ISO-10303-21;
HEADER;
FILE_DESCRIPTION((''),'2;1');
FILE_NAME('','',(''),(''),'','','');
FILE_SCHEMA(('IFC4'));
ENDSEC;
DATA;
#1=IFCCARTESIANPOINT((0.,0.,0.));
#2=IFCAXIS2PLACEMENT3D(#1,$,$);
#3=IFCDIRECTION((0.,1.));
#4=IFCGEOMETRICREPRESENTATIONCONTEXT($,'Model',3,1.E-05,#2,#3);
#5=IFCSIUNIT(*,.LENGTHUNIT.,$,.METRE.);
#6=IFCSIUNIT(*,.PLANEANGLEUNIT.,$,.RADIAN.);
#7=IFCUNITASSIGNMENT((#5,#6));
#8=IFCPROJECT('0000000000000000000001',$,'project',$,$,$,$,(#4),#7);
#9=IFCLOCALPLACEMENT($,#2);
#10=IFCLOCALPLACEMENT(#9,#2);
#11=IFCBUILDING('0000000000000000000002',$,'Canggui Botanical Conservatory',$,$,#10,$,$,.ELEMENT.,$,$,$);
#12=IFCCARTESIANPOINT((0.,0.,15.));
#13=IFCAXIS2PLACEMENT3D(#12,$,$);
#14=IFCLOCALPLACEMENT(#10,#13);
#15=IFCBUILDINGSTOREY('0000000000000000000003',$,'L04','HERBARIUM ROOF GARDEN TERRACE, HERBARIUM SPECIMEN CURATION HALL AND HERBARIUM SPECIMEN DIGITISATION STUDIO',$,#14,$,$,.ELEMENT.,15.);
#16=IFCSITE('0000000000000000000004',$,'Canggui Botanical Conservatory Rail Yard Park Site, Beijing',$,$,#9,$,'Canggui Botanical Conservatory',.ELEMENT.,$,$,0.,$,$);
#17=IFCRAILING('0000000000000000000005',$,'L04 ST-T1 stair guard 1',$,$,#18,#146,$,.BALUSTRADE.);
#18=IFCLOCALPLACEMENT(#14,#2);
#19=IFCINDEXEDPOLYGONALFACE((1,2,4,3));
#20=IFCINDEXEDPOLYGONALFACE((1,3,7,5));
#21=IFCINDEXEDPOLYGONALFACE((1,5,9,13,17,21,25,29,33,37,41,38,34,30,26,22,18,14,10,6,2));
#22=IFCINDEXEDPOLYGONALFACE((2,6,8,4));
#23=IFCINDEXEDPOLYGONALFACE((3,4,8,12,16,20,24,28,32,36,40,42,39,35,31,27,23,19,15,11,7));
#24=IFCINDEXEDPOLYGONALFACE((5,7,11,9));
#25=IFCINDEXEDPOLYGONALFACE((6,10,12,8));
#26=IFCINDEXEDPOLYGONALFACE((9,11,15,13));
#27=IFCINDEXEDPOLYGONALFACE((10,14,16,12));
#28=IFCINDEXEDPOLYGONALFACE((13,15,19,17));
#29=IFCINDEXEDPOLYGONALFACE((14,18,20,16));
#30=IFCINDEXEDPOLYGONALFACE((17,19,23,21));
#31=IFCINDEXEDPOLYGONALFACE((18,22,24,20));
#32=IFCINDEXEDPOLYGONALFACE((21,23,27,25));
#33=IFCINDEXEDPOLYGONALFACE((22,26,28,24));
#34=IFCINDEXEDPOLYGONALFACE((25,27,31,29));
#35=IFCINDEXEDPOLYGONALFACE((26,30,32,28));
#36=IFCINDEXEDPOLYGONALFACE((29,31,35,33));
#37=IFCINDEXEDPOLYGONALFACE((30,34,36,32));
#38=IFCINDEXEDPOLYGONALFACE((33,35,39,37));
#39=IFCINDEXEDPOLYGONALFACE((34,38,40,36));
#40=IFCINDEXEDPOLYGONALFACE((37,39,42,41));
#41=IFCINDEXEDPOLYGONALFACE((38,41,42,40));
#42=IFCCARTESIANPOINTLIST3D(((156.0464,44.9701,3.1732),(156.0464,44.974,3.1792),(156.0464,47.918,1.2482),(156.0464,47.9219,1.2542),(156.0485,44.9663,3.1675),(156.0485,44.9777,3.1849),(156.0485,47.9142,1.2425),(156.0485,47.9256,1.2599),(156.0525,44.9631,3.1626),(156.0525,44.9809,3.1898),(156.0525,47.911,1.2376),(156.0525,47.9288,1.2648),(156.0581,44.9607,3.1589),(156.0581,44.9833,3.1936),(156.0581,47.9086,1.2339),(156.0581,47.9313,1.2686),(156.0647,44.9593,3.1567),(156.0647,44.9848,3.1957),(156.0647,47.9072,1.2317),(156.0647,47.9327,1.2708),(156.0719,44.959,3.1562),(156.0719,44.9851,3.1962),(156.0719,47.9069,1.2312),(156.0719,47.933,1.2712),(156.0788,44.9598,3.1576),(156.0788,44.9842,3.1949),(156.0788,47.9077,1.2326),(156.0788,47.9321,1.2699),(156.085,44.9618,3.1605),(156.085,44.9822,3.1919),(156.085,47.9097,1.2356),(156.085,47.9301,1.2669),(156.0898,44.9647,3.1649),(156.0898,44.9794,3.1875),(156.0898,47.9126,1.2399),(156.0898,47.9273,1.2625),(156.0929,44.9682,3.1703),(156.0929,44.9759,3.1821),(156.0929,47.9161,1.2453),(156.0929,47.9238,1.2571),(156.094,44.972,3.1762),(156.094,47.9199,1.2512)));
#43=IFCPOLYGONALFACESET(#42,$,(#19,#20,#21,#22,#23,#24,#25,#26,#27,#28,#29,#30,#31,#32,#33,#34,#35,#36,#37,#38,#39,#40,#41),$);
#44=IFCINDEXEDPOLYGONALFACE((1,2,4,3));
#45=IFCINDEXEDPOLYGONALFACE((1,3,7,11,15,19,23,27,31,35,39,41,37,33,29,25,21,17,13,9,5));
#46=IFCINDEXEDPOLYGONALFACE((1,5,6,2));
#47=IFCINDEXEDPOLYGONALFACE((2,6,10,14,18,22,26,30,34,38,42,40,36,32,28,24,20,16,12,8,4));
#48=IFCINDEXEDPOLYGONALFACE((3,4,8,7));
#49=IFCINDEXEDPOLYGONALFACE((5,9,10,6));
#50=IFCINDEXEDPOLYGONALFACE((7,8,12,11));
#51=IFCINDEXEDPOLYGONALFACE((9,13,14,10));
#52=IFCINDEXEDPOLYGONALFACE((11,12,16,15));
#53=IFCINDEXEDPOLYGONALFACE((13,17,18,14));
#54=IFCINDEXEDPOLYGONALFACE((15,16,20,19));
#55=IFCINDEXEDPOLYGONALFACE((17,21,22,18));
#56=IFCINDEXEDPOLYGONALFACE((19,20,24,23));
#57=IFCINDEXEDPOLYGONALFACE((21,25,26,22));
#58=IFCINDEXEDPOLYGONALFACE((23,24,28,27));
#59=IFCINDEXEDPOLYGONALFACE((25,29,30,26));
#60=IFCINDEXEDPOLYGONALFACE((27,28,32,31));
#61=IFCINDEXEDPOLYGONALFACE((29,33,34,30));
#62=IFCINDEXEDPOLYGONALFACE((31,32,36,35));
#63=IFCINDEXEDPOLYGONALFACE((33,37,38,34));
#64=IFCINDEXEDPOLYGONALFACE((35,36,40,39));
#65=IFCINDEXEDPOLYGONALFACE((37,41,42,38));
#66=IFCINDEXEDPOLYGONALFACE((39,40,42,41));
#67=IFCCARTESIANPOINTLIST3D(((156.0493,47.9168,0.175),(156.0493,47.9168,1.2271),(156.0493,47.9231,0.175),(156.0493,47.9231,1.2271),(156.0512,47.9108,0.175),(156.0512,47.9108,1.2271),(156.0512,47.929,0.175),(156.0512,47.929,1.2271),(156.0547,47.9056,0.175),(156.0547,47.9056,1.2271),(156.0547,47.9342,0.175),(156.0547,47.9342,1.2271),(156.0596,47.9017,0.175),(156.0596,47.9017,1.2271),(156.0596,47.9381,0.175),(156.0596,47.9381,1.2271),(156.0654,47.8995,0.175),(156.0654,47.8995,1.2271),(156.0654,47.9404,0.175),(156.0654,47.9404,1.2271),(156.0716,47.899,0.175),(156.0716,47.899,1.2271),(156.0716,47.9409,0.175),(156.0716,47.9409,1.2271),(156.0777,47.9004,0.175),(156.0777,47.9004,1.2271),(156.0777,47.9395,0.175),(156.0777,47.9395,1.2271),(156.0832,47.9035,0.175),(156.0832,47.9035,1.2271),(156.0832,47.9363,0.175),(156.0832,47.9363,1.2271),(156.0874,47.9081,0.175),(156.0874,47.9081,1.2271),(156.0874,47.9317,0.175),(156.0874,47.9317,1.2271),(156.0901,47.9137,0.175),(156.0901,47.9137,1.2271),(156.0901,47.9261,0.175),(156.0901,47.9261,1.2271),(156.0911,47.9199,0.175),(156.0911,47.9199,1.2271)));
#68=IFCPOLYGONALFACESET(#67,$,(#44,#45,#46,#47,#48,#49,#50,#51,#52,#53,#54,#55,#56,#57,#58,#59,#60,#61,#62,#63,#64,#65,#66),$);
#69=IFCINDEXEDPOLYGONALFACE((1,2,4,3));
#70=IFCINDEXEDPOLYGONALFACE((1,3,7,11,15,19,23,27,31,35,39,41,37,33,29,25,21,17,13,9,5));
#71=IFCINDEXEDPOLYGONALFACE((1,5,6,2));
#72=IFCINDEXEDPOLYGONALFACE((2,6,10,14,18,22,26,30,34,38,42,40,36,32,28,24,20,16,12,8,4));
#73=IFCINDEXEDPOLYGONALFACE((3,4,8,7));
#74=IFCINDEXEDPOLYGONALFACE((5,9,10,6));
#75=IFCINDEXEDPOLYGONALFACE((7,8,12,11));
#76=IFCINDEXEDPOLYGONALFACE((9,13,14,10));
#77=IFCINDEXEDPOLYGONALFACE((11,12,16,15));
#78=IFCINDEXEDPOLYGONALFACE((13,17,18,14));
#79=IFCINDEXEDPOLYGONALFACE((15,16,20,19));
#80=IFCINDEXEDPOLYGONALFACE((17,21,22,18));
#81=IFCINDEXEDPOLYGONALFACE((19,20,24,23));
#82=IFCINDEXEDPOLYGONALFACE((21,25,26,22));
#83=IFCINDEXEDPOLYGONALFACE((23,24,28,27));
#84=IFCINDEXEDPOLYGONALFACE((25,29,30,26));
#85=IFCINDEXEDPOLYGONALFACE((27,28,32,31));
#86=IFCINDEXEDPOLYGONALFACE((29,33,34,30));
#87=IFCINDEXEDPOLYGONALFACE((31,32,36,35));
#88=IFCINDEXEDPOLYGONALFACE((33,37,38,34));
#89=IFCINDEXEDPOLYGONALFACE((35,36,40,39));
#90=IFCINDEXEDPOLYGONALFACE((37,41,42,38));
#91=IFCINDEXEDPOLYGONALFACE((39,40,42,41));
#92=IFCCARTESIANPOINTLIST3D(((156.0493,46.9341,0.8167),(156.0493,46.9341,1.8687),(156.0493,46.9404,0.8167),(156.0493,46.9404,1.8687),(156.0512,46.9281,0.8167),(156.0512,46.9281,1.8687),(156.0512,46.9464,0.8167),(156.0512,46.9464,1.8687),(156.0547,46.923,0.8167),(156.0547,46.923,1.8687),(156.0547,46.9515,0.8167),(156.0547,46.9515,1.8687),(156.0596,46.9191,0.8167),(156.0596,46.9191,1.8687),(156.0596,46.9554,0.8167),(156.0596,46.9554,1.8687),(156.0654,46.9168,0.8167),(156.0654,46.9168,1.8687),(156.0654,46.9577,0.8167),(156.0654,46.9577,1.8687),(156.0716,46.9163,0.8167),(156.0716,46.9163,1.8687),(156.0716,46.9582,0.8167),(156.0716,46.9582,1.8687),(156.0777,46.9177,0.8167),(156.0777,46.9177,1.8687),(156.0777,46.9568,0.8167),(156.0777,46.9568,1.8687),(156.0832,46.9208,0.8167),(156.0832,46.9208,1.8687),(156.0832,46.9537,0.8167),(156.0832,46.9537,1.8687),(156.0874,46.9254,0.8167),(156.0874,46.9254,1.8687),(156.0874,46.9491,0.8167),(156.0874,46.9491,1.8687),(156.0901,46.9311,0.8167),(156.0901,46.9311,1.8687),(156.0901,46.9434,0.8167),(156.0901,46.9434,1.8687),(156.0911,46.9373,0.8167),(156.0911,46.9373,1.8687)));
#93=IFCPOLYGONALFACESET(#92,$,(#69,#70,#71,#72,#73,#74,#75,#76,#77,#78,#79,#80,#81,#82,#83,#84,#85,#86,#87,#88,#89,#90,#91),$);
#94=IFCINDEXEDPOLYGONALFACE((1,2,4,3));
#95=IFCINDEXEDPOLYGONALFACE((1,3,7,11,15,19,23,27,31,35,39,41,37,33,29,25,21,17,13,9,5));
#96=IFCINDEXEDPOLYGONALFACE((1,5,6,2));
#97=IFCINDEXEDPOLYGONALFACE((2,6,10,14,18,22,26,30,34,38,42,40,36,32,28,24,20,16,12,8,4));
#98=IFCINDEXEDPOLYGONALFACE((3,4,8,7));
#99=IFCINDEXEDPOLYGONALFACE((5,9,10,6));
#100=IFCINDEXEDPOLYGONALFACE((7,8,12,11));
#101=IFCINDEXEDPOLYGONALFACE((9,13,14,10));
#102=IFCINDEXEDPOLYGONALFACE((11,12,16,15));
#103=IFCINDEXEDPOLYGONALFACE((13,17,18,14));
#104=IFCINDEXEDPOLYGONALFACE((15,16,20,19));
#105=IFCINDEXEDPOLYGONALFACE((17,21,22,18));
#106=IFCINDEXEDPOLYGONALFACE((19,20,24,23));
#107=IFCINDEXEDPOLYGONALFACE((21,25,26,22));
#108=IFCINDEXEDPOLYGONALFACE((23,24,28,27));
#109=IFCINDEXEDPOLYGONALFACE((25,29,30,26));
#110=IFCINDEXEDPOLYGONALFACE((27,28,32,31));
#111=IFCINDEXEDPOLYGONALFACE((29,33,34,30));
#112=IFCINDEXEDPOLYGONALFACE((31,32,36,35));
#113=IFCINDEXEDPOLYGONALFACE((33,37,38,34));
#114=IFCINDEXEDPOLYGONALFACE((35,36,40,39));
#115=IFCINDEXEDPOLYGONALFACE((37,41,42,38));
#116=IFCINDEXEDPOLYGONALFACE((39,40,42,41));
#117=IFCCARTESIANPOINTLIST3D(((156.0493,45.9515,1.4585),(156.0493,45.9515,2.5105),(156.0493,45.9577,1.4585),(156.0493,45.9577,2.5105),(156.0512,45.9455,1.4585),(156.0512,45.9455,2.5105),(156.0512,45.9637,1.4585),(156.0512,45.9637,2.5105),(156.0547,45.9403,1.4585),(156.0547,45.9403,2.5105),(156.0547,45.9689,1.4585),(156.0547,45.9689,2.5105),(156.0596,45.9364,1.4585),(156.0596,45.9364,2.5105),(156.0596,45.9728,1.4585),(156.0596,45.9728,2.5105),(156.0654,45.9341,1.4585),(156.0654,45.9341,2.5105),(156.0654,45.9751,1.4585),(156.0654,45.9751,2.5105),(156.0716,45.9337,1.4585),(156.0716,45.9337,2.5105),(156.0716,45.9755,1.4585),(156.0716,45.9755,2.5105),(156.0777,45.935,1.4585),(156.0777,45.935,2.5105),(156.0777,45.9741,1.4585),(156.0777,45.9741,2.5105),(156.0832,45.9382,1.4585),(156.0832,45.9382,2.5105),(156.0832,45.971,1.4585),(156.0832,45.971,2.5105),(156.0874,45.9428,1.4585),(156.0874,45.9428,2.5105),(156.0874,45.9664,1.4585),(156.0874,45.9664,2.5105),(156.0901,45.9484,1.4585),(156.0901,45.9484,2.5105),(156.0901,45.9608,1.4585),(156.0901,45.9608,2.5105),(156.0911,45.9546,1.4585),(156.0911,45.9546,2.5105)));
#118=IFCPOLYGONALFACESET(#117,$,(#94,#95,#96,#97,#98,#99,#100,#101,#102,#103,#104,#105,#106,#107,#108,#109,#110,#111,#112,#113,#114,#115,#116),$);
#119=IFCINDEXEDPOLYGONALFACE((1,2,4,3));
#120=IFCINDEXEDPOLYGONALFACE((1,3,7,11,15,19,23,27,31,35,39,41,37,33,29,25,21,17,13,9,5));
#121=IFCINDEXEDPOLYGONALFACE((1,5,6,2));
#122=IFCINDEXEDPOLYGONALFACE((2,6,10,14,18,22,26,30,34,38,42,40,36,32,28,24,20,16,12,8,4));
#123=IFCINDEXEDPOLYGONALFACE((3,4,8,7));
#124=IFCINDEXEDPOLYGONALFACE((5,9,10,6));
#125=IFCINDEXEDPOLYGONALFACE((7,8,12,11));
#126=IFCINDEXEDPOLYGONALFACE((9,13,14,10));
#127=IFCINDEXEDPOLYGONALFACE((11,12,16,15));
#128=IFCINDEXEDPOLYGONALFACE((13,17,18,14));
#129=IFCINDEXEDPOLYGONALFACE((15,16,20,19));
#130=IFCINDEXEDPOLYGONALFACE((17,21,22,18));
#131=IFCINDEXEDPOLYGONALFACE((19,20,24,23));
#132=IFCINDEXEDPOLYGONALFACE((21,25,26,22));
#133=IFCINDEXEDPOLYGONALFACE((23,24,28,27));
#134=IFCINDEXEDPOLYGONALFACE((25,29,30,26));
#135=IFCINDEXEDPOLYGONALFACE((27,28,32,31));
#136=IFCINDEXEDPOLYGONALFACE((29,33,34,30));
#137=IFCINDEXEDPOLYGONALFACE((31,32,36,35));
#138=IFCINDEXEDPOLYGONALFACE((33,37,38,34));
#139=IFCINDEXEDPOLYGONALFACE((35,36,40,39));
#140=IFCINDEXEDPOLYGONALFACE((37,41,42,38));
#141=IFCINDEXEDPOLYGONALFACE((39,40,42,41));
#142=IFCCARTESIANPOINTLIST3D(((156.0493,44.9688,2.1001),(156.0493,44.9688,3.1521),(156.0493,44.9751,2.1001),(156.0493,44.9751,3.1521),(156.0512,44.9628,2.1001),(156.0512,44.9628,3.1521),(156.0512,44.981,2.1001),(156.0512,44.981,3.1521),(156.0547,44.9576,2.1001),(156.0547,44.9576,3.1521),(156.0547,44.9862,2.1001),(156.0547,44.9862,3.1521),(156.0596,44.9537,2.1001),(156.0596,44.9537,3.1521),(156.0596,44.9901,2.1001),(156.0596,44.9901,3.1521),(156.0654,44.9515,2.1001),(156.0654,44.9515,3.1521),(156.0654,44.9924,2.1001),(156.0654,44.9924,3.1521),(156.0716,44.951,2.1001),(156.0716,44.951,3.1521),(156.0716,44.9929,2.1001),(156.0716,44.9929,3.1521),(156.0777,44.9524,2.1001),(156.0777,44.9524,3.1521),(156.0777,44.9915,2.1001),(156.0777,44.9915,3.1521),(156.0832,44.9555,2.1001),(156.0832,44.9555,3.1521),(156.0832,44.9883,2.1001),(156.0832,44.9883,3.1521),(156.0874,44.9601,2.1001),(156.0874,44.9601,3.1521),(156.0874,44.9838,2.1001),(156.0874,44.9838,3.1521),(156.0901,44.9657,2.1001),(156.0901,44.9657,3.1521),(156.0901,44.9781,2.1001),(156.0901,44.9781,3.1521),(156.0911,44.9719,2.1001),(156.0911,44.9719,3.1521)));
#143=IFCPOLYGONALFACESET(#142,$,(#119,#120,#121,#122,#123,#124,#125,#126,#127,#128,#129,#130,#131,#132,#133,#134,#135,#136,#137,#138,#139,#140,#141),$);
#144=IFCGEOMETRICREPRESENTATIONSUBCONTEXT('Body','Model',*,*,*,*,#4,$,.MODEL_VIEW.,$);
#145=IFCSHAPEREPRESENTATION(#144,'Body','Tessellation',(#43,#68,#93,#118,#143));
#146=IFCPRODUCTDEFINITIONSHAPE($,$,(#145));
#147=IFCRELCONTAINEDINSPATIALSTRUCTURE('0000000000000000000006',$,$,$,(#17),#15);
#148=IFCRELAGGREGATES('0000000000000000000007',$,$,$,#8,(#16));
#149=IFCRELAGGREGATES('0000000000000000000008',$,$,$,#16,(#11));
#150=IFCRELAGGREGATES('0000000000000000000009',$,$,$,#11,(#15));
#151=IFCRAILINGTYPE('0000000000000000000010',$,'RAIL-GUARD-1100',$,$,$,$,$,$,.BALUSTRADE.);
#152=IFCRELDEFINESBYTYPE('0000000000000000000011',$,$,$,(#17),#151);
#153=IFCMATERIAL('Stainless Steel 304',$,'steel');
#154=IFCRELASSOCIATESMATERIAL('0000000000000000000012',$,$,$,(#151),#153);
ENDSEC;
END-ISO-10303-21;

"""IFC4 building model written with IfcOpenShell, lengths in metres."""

from ifc_helpers import new_model, si_unit, direction, frame, origin, origin_2d, place, context, subcontext, project, spatial, circle, extrude, material, type_object, element, save


model = new_model("IFC4")

# Units and contexts
model_context = context("Model", 3, precision=1e-05, world=origin(), true_north=direction((0.0, 1.0)))
body_context = subcontext(model_context, "Body", "Model", "MODEL_VIEW")
ifc_project = project(units=[si_unit("LENGTHUNIT", "METRE"), si_unit("PLANEANGLEUNIT", "RADIAN")], contexts=[model_context])

# Site, building, storey
site_placement = place(None, origin())
site = spatial("IfcSite", under=ifc_project, at=site_placement, Name="Canggui Botanical Conservatory Rail Yard Park Site, Beijing", LongName="Canggui Botanical Conservatory", CompositionType="ELEMENT", RefElevation=0.0)
building_placement = place(site_placement, origin())
building = spatial("IfcBuilding", under=site, at=building_placement, Name="Canggui Botanical Conservatory", CompositionType="ELEMENT")
storey_placement = place(building_placement, frame((0.0, 0.0, 15.0)))
storey = spatial("IfcBuildingStorey", under=building, at=storey_placement, Name="L04", Description="HERBARIUM ROOF GARDEN TERRACE, HERBARIUM SPECIMEN CURATION HALL AND HERBARIUM SPECIMEN DIGITISATION STUDIO", CompositionType="ELEMENT", Elevation=15.0)

# Shared definitions
ifc_material_1 = material(Name="Stainless Steel 304", Category="steel")

# Railing
railing_type_1 = type_object("IfcRailingType", Name="RAIL-GUARD-1100", PredefinedType="BALUSTRADE", material=ifc_material_1)
railing_1_placement = place(storey_placement, frame((156.0701, 47.9199, 0.175)))
element("IfcRailing", 1, at=railing_1_placement, inside=storey, type_object=railing_type_1, Name="L04 ST-T1 stair guard 1", PredefinedType="BALUSTRADE", context=body_context, shape_type="SweptSolid", body=[
    extrude(circle(Radius=0.0239, at=origin_2d()), frame((0.0, 0.0, 1.0762), z_axis=(0.0, -0.837293, 0.546754), x_axis=(1.0, 0.0, 0.0)), (0.0, 0.0, 1.0), 3.5208),
    extrude(circle(Radius=0.021, at=origin_2d()), origin(), (0.0, 0.0, 1.0), 1.052),
    extrude(circle(Radius=0.021, at=origin_2d()), frame((0.0, -0.9827, 0.6416)), (0.0, 0.0, 1.0), 1.052),
    extrude(circle(Radius=0.021, at=origin_2d()), frame((0.0, -1.9653, 1.2834)), (0.0, 0.0, 1.0), 1.052),
    extrude(circle(Radius=0.021, at=origin_2d()), frame((0.0, -2.948, 1.925)), (0.0, 0.0, 1.0), 1.052),
])

save(model, "model.ifc")
